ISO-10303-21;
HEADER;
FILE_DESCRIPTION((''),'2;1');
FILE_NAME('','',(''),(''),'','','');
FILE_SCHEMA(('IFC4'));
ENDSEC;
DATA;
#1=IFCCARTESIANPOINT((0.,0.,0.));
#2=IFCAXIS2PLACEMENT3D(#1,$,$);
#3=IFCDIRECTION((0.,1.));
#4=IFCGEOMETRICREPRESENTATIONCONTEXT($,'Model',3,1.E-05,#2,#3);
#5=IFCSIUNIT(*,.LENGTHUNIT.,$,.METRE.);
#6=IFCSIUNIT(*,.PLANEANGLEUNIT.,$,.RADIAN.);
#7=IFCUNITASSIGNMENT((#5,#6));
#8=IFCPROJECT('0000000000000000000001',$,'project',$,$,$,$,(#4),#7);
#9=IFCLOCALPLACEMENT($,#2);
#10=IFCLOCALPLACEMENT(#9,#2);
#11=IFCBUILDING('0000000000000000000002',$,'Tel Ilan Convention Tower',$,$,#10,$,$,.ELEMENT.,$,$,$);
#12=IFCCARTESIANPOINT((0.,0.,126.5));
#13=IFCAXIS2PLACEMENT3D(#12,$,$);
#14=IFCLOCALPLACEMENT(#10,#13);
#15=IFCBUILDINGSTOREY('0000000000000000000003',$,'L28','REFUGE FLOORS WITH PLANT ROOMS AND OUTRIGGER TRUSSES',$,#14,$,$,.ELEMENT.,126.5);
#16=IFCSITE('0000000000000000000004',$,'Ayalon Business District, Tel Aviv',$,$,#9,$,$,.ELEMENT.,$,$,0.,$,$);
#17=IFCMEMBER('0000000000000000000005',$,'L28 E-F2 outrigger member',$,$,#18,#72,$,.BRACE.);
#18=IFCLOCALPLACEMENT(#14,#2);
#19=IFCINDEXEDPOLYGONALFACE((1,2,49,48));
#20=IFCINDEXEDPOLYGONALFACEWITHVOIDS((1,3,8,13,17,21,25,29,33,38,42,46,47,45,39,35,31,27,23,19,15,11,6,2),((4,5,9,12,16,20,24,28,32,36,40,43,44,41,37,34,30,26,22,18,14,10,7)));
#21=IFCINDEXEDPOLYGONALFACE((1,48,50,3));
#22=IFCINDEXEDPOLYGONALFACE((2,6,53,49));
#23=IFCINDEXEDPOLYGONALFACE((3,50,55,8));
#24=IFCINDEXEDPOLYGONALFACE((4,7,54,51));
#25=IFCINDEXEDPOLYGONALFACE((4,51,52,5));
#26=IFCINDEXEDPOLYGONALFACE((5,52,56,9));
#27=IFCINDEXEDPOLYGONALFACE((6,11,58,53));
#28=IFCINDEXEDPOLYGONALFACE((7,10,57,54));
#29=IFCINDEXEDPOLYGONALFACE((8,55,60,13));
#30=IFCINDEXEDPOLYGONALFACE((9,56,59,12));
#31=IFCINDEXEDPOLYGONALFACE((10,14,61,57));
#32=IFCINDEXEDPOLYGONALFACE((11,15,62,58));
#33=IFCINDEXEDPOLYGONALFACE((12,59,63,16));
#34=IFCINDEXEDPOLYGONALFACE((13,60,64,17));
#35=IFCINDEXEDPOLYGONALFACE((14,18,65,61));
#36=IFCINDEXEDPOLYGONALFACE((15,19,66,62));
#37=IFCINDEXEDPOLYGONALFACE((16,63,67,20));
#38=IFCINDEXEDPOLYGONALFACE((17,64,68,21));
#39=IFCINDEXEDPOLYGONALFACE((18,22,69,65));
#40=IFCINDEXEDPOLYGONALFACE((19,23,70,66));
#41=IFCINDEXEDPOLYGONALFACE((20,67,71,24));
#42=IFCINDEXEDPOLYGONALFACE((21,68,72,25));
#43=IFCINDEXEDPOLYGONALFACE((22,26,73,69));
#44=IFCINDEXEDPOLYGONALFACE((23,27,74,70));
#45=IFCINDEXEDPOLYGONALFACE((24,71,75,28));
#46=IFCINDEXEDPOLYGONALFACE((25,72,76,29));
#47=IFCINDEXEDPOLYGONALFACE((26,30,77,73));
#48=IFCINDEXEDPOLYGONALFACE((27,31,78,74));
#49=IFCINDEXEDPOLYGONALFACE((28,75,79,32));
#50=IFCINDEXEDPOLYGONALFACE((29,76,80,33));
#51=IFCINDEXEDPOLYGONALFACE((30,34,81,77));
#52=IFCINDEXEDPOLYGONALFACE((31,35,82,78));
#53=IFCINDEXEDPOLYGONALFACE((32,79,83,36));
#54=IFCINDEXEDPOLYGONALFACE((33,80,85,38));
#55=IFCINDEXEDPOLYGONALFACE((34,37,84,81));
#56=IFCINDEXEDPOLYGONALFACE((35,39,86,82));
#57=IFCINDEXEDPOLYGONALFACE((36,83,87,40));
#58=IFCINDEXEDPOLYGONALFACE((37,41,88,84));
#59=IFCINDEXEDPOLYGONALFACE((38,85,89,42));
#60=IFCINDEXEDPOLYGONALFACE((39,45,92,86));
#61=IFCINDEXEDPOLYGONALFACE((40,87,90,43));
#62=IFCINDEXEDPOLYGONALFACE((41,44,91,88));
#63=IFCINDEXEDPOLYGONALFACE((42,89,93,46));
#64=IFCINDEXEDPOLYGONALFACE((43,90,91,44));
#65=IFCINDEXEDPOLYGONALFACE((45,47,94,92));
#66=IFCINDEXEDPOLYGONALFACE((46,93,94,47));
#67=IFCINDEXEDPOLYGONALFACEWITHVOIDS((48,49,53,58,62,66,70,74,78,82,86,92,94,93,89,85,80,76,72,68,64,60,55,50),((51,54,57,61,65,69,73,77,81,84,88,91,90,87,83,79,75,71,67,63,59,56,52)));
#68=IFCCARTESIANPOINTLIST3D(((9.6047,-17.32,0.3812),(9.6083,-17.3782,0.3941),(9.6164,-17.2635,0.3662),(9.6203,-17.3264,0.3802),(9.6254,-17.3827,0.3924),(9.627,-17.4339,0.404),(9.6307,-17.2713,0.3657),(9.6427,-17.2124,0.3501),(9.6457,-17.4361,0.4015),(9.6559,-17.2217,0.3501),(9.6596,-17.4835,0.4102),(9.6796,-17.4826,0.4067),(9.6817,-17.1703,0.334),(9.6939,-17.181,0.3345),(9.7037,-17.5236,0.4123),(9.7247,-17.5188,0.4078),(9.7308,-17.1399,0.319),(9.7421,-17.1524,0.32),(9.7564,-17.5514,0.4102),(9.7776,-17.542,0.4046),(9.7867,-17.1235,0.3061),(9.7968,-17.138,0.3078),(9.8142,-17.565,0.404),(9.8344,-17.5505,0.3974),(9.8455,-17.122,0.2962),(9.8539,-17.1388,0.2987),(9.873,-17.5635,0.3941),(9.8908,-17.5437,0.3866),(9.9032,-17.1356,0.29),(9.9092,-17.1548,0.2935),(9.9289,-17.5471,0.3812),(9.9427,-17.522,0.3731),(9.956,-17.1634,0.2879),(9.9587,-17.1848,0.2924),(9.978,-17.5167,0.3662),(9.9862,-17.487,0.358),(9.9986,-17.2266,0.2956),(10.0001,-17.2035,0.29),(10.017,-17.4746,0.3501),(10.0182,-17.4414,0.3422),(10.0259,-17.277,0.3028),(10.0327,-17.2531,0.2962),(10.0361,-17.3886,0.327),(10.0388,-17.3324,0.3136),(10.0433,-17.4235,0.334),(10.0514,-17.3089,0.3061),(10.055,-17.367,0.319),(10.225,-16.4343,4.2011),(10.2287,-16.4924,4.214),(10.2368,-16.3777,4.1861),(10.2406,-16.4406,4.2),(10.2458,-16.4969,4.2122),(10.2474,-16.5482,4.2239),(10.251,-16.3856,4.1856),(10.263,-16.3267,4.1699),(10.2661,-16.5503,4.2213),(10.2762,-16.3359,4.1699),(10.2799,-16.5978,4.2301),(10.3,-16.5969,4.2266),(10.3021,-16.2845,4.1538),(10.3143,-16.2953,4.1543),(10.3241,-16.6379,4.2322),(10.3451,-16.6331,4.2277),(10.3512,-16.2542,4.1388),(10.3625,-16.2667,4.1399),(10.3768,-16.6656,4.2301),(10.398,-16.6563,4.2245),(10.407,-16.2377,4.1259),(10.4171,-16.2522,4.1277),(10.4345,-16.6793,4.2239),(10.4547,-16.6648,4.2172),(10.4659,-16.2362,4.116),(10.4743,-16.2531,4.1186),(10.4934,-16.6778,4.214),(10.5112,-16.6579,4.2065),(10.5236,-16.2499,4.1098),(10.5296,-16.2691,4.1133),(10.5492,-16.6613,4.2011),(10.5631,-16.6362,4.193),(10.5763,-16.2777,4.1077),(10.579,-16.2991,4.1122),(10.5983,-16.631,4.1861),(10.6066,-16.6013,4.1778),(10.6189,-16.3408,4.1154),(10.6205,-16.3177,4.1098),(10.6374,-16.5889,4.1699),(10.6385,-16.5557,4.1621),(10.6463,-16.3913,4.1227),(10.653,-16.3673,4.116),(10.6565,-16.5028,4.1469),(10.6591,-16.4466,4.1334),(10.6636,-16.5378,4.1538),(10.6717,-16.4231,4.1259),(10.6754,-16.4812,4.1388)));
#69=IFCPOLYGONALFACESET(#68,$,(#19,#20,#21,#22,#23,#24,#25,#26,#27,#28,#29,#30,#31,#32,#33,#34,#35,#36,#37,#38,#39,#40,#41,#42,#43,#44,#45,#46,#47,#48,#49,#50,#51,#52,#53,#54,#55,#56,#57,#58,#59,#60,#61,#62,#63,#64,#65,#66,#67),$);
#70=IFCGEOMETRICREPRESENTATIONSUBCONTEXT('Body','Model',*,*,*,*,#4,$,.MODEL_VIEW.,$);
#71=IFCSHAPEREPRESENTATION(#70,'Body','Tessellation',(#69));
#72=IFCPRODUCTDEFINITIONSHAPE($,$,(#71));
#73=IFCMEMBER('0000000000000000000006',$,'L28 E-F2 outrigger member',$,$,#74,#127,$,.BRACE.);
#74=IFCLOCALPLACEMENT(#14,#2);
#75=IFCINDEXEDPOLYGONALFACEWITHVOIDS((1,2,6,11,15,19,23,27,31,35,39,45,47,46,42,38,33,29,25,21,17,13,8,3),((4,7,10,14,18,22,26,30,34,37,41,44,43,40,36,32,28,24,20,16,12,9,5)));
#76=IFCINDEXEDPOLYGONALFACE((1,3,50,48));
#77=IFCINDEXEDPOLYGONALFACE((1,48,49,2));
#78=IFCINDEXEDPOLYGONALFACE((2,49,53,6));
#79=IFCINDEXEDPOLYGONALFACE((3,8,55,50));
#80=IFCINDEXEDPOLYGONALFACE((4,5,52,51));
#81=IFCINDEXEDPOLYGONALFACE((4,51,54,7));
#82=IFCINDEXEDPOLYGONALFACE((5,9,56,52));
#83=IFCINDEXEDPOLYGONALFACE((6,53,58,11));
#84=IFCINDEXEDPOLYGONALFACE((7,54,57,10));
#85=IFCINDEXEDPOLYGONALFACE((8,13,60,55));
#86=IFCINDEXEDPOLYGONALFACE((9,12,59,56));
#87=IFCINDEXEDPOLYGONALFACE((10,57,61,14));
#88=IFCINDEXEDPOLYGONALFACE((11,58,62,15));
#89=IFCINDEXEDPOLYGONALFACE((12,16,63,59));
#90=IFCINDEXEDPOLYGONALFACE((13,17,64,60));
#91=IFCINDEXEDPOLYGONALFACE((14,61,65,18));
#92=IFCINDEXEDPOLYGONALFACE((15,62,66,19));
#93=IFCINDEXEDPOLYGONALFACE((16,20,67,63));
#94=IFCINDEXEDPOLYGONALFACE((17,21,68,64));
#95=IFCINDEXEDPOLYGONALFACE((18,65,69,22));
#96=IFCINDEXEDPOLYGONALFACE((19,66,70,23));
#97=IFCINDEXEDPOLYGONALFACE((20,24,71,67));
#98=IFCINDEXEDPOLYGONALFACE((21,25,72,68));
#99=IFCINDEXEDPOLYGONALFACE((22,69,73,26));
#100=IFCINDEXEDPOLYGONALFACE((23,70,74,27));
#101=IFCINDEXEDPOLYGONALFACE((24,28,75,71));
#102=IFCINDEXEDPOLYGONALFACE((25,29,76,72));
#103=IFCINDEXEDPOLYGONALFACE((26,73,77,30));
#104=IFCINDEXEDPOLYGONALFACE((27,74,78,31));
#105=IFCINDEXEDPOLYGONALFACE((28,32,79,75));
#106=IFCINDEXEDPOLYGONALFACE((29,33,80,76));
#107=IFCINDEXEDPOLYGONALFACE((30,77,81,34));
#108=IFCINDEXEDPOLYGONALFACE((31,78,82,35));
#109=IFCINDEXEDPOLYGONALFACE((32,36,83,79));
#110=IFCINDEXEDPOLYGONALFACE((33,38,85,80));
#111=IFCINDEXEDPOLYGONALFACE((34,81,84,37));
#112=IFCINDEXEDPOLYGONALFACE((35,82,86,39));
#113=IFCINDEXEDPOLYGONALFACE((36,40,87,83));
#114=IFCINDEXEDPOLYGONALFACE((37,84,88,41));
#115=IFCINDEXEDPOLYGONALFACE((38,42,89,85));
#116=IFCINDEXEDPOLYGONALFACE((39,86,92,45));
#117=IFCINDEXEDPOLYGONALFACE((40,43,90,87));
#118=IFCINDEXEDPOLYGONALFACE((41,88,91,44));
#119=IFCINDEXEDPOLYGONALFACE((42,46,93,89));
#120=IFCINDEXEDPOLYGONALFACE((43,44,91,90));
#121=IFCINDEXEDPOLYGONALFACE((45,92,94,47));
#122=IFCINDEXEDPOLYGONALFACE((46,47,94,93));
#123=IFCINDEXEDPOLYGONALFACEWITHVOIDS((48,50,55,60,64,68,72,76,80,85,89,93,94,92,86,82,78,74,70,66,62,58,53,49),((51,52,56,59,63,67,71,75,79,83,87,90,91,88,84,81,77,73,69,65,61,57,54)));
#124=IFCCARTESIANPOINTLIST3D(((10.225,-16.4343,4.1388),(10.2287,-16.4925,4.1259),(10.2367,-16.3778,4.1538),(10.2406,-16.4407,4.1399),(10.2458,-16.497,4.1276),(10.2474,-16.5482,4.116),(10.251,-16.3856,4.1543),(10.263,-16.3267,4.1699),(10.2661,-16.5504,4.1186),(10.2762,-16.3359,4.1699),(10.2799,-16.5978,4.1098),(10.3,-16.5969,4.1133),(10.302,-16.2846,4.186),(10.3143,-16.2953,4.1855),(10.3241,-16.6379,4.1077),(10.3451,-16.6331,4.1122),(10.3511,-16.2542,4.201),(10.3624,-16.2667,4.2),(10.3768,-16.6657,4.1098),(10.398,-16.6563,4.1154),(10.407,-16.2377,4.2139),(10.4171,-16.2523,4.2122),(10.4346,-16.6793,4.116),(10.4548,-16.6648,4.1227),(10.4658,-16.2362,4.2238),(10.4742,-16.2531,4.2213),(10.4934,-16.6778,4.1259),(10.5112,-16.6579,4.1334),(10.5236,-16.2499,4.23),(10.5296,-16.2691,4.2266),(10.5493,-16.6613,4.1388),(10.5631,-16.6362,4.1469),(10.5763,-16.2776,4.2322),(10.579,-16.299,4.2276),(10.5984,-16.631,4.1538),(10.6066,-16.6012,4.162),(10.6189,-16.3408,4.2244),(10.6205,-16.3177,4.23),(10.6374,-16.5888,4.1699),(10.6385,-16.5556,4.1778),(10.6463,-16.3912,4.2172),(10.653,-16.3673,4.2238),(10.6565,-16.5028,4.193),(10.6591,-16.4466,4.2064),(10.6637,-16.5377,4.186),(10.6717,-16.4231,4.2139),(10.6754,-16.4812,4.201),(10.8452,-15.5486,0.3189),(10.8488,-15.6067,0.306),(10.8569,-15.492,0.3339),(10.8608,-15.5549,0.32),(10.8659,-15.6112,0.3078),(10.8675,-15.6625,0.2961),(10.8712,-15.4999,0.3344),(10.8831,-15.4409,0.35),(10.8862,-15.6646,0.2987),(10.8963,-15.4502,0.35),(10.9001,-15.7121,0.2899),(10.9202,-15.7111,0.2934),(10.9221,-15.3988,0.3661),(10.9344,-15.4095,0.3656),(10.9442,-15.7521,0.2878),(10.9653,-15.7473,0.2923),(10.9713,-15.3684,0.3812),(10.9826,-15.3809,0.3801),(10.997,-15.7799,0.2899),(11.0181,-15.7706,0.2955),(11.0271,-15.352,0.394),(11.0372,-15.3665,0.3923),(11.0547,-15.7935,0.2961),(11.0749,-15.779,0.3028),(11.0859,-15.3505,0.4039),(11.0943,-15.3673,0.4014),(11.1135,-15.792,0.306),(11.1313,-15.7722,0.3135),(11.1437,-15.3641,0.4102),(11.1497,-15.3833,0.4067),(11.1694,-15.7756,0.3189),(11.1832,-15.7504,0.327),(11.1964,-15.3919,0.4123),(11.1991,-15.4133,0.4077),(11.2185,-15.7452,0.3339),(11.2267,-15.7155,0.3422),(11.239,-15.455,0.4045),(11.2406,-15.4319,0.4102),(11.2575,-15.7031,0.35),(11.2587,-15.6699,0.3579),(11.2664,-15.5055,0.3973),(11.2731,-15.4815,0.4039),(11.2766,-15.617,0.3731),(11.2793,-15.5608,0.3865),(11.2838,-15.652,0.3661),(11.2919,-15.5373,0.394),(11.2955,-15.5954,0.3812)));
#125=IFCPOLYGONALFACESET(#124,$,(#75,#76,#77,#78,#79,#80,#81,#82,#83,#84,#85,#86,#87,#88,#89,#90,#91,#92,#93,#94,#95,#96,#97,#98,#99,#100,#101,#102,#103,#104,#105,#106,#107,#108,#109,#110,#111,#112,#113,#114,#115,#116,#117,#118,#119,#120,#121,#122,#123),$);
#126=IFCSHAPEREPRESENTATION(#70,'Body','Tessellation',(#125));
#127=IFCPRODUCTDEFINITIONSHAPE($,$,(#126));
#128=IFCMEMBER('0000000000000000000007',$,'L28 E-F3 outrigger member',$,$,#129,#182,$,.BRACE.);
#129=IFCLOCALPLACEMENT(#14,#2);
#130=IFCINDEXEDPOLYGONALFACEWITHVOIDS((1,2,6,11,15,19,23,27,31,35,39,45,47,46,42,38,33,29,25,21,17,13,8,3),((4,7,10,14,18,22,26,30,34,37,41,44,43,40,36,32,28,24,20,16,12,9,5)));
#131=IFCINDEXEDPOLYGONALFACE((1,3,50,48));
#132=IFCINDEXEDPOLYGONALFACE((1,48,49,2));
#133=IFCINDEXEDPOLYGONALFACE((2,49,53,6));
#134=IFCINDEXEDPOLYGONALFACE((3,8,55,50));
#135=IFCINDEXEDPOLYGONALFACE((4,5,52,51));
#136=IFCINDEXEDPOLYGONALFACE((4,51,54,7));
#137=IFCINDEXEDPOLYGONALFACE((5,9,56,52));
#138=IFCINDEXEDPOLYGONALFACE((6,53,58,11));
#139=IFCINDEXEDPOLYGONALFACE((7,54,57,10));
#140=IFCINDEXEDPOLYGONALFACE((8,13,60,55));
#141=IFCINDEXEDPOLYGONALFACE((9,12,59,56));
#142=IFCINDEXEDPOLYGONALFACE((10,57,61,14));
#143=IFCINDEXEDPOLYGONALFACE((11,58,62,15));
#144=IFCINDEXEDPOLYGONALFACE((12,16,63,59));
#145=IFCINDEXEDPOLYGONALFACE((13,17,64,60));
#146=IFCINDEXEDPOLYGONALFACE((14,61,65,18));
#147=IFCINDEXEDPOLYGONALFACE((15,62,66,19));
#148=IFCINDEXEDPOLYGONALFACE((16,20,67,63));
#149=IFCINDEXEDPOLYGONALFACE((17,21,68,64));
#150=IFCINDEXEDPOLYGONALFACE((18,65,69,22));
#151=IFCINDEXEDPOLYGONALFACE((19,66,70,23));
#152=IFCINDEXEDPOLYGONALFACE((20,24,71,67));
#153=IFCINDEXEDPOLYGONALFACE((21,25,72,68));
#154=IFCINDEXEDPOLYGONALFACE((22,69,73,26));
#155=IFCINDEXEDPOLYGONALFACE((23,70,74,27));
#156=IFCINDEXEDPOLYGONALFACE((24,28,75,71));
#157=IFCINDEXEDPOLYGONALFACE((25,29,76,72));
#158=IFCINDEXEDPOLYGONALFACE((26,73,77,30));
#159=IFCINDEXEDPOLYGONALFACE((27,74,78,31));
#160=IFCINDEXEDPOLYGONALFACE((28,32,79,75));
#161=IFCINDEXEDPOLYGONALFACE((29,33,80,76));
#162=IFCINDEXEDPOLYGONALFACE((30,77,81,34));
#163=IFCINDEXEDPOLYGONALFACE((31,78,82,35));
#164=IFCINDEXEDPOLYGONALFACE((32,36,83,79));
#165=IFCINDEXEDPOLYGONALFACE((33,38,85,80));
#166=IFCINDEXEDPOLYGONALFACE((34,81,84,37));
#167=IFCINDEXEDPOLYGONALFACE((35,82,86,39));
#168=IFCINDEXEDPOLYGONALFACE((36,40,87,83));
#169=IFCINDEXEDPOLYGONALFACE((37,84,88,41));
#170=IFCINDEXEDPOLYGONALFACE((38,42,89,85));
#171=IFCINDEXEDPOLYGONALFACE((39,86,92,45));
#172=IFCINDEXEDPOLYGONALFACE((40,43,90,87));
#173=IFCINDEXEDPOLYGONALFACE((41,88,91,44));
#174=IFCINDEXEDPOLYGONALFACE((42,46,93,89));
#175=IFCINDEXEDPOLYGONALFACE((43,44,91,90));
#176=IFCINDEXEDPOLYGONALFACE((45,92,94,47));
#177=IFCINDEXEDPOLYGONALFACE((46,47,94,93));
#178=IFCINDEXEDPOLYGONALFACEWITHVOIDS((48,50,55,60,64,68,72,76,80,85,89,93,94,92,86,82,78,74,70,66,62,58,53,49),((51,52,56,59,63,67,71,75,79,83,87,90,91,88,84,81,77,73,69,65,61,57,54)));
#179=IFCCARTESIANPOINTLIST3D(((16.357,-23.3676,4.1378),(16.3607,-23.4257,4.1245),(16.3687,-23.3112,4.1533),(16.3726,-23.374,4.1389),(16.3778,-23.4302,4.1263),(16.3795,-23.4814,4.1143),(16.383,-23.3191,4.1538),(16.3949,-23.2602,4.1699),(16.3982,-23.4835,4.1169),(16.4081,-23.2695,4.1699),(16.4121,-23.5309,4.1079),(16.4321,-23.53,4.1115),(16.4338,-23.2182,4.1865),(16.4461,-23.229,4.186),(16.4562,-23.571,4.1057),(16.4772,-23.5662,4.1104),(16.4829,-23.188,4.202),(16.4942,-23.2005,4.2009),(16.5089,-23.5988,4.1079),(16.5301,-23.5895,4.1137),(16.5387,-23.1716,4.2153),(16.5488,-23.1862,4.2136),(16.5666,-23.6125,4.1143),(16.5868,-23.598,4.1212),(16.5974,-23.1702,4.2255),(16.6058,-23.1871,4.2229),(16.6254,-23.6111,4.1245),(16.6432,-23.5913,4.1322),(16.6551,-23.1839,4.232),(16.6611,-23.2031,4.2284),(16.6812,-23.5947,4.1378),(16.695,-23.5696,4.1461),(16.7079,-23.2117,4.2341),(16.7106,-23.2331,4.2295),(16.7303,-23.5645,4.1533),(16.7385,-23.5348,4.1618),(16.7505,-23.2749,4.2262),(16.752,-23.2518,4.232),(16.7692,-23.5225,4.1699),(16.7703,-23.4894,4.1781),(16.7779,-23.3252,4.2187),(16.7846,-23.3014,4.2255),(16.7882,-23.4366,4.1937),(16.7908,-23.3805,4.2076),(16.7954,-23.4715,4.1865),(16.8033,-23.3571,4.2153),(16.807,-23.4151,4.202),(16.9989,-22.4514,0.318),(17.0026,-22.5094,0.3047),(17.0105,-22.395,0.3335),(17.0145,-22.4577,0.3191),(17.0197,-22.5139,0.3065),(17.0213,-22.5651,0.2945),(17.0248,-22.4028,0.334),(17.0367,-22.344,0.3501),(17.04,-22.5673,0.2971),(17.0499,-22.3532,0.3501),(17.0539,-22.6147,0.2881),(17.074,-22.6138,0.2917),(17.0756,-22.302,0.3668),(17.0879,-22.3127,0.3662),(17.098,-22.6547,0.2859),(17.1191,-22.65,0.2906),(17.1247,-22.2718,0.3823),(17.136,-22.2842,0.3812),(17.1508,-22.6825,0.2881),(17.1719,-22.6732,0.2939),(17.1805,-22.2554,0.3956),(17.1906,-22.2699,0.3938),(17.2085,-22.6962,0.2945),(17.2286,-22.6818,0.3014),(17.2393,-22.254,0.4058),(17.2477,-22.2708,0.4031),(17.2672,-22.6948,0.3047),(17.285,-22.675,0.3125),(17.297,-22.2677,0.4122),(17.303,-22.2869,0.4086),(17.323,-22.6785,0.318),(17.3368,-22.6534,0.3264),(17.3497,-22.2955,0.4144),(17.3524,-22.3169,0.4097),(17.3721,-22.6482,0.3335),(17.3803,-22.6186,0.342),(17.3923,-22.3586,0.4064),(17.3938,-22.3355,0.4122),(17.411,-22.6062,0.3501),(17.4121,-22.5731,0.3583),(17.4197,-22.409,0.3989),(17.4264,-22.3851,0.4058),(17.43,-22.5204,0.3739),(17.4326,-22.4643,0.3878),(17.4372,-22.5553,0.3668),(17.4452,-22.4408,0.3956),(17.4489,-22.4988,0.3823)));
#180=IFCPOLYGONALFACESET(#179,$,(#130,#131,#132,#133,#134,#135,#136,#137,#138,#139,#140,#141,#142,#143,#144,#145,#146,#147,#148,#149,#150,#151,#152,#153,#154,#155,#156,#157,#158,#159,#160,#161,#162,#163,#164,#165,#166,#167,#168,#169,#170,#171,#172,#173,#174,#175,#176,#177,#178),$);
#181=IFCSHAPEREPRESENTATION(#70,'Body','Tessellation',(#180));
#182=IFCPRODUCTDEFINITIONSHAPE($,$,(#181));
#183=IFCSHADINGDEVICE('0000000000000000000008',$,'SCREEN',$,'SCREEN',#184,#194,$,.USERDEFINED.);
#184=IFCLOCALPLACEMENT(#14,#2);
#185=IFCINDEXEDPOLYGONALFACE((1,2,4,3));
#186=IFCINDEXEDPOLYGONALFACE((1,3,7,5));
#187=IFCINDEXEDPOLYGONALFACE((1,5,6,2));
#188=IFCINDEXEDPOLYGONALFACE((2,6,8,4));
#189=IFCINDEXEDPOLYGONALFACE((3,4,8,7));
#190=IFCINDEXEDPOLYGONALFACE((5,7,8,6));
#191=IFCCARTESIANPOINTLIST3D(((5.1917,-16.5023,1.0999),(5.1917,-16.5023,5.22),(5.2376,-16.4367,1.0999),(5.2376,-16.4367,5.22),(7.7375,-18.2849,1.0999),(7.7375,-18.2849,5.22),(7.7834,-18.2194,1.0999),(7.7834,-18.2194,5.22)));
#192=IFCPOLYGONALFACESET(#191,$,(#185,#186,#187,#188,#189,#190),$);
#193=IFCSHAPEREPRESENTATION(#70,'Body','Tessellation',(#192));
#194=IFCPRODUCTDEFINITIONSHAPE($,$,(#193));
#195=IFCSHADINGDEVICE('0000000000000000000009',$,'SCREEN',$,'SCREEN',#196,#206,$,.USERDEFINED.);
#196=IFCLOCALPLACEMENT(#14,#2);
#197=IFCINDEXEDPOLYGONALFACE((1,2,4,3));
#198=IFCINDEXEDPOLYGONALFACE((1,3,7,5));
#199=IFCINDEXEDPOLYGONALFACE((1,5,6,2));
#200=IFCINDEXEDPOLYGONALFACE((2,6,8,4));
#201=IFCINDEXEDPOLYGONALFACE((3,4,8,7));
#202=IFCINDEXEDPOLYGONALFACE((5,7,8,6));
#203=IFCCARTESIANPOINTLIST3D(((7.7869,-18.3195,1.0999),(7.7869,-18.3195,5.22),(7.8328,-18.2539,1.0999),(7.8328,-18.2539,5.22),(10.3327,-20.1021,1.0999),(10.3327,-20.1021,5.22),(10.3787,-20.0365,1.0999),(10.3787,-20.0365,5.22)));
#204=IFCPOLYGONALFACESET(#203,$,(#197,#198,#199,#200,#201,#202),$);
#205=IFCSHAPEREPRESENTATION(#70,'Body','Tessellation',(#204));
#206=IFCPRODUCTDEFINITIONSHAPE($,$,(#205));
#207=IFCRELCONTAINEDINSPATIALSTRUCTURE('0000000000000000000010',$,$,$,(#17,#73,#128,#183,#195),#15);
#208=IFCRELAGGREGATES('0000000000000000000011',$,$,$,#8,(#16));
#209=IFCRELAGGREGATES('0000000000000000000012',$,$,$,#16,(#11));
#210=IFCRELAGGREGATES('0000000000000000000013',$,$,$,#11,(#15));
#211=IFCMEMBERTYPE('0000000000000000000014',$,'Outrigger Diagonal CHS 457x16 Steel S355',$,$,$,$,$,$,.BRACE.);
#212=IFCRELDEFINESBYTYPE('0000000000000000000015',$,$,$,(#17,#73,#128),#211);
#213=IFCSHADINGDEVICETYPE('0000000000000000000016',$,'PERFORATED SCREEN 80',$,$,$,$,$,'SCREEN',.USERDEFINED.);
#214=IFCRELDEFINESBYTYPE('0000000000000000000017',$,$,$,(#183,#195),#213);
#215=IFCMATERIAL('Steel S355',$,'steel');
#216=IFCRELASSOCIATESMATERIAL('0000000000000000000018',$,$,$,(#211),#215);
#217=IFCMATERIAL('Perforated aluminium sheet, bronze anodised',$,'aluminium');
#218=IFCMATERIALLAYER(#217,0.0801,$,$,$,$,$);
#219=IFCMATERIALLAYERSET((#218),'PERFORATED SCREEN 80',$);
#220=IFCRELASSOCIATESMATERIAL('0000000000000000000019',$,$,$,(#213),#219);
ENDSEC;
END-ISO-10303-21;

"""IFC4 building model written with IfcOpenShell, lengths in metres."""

from ifc_helpers import new_model, si_unit, direction, frame, origin, origin_2d, place, context, subcontext, project, spatial, rectangle, hollow_circle, extrude, material, layer, layer_set, material_profile, profile_set, type_object, element, save


model = new_model("IFC4")

# Units and contexts
model_context = context("Model", 3, precision=1e-05, world=origin(), true_north=direction((0.0, 1.0)))
body_context = subcontext(model_context, "Body", "Model", "MODEL_VIEW")
ifc_project = project(units=[si_unit("LENGTHUNIT", "METRE"), si_unit("PLANEANGLEUNIT", "RADIAN")], contexts=[model_context])

# Site, building, storey
site_placement = place(None, origin())
site = spatial("IfcSite", under=ifc_project, at=site_placement, Name="Ayalon Business District, Tel Aviv", CompositionType="ELEMENT", RefElevation=0.0)
building_placement = place(site_placement, origin())
building = spatial("IfcBuilding", under=site, at=building_placement, Name="Tel Ilan Convention Tower", CompositionType="ELEMENT")
storey_placement = place(building_placement, frame((0.0, 0.0, 126.5)))
storey = spatial("IfcBuildingStorey", under=building, at=storey_placement, Name="L28", Description="REFUGE FLOORS WITH PLANT ROOMS AND OUTRIGGER TRUSSES", CompositionType="ELEMENT", Elevation=126.5)

# Members
ifc_material_1 = material(Name="Steel S355", Category="steel")
ifc_material_profile_1 = material_profile(ifc_material_1, hollow_circle(Radius=0.2285, WallThickness=0.0161, at=origin_2d()), Name="CHS 457x16")
ifc_profile_set_1 = profile_set([ifc_material_profile_1], Name="Steel S355")
member_type_1 = type_object("IfcMemberType", Name="Outrigger Diagonal CHS 457x16 Steel S355", PredefinedType="BRACE", material=ifc_profile_set_1)
for number, where, z_axis, x_axis, name in (
    (1, (9.8298, -17.3435, 0.3501), (0.156265, 0.223112, 0.962186), (-0.819083, 0.573674, 0.0), "L28 E-F2 outrigger member"),
    (2, (10.4502, -16.4578, 4.1699), (0.156205, 0.223114, -0.962195), (-0.819189, 0.573523, 0.0), "L28 E-F2 outrigger member"),
):
    element("IfcMember", number, at=place(storey_placement, frame(where, z_axis=z_axis, x_axis=x_axis)), inside=storey, type_object=member_type_1, Name=name, PredefinedType="BRACE", context=body_context, shape_type="SweptSolid", body=[
        extrude(hollow_circle(Radius=0.2285, WallThickness=0.0161, at=origin_2d()), origin(), (0.0, 0.0, 1.0), 3.97),
    ])
member_placement = place(storey_placement, frame((16.582, -23.3914, 4.1699), z_axis=(0.161257, 0.2302, -0.95969), x_axis=(-0.819037, 0.573741, 0.0)))
element("IfcMember", 3, at=member_placement, inside=storey, type_object=member_type_1, Name="L28 E-F3 outrigger member", PredefinedType="BRACE", context=body_context, shape_type="SweptSolid", body=[
    extrude(hollow_circle(Radius=0.2285, WallThickness=0.0161, at=origin_2d()), origin(), (0.0, 0.0, 1.0), 3.9802),
])

# Shading devices
ifc_material_2 = material(Name="Perforated aluminium sheet, bronze anodised", Category="aluminium")
ifc_layer_1 = layer(ifc_material_2, 0.0801)
ifc_layer_set_1 = layer_set([ifc_layer_1], Name="PERFORATED SCREEN 80")
shading_device_type_1 = type_object("IfcShadingDeviceType", Name="PERFORATED SCREEN 80", ElementType="SCREEN", PredefinedType="USERDEFINED", material=ifc_layer_set_1)
for number, where, z_axis, x_axis, name in (
    (4, (6.4875, -17.3608, 1.0999), (0.0, 0.0, 1.0), (0.819152, -0.573576, 0.0), "SCREEN"),
    (5, (9.0828, -19.178, 1.0999), (0.0, 0.0, 1.0), (0.819152, -0.573576, 0.0), "SCREEN"),
):
    element("IfcShadingDevice", number, at=place(storey_placement, frame(where, z_axis=z_axis, x_axis=x_axis)), inside=storey, type_object=shading_device_type_1, Name=name, ObjectType="SCREEN", PredefinedType="USERDEFINED", context=body_context, shape_type="SweptSolid", body=[
        extrude(rectangle(XDim=3.1079, YDim=0.0801, at=origin_2d()), origin(), (0.0, 0.0, 1.0), 4.1201),
    ])

save(model, "model.ifc")
